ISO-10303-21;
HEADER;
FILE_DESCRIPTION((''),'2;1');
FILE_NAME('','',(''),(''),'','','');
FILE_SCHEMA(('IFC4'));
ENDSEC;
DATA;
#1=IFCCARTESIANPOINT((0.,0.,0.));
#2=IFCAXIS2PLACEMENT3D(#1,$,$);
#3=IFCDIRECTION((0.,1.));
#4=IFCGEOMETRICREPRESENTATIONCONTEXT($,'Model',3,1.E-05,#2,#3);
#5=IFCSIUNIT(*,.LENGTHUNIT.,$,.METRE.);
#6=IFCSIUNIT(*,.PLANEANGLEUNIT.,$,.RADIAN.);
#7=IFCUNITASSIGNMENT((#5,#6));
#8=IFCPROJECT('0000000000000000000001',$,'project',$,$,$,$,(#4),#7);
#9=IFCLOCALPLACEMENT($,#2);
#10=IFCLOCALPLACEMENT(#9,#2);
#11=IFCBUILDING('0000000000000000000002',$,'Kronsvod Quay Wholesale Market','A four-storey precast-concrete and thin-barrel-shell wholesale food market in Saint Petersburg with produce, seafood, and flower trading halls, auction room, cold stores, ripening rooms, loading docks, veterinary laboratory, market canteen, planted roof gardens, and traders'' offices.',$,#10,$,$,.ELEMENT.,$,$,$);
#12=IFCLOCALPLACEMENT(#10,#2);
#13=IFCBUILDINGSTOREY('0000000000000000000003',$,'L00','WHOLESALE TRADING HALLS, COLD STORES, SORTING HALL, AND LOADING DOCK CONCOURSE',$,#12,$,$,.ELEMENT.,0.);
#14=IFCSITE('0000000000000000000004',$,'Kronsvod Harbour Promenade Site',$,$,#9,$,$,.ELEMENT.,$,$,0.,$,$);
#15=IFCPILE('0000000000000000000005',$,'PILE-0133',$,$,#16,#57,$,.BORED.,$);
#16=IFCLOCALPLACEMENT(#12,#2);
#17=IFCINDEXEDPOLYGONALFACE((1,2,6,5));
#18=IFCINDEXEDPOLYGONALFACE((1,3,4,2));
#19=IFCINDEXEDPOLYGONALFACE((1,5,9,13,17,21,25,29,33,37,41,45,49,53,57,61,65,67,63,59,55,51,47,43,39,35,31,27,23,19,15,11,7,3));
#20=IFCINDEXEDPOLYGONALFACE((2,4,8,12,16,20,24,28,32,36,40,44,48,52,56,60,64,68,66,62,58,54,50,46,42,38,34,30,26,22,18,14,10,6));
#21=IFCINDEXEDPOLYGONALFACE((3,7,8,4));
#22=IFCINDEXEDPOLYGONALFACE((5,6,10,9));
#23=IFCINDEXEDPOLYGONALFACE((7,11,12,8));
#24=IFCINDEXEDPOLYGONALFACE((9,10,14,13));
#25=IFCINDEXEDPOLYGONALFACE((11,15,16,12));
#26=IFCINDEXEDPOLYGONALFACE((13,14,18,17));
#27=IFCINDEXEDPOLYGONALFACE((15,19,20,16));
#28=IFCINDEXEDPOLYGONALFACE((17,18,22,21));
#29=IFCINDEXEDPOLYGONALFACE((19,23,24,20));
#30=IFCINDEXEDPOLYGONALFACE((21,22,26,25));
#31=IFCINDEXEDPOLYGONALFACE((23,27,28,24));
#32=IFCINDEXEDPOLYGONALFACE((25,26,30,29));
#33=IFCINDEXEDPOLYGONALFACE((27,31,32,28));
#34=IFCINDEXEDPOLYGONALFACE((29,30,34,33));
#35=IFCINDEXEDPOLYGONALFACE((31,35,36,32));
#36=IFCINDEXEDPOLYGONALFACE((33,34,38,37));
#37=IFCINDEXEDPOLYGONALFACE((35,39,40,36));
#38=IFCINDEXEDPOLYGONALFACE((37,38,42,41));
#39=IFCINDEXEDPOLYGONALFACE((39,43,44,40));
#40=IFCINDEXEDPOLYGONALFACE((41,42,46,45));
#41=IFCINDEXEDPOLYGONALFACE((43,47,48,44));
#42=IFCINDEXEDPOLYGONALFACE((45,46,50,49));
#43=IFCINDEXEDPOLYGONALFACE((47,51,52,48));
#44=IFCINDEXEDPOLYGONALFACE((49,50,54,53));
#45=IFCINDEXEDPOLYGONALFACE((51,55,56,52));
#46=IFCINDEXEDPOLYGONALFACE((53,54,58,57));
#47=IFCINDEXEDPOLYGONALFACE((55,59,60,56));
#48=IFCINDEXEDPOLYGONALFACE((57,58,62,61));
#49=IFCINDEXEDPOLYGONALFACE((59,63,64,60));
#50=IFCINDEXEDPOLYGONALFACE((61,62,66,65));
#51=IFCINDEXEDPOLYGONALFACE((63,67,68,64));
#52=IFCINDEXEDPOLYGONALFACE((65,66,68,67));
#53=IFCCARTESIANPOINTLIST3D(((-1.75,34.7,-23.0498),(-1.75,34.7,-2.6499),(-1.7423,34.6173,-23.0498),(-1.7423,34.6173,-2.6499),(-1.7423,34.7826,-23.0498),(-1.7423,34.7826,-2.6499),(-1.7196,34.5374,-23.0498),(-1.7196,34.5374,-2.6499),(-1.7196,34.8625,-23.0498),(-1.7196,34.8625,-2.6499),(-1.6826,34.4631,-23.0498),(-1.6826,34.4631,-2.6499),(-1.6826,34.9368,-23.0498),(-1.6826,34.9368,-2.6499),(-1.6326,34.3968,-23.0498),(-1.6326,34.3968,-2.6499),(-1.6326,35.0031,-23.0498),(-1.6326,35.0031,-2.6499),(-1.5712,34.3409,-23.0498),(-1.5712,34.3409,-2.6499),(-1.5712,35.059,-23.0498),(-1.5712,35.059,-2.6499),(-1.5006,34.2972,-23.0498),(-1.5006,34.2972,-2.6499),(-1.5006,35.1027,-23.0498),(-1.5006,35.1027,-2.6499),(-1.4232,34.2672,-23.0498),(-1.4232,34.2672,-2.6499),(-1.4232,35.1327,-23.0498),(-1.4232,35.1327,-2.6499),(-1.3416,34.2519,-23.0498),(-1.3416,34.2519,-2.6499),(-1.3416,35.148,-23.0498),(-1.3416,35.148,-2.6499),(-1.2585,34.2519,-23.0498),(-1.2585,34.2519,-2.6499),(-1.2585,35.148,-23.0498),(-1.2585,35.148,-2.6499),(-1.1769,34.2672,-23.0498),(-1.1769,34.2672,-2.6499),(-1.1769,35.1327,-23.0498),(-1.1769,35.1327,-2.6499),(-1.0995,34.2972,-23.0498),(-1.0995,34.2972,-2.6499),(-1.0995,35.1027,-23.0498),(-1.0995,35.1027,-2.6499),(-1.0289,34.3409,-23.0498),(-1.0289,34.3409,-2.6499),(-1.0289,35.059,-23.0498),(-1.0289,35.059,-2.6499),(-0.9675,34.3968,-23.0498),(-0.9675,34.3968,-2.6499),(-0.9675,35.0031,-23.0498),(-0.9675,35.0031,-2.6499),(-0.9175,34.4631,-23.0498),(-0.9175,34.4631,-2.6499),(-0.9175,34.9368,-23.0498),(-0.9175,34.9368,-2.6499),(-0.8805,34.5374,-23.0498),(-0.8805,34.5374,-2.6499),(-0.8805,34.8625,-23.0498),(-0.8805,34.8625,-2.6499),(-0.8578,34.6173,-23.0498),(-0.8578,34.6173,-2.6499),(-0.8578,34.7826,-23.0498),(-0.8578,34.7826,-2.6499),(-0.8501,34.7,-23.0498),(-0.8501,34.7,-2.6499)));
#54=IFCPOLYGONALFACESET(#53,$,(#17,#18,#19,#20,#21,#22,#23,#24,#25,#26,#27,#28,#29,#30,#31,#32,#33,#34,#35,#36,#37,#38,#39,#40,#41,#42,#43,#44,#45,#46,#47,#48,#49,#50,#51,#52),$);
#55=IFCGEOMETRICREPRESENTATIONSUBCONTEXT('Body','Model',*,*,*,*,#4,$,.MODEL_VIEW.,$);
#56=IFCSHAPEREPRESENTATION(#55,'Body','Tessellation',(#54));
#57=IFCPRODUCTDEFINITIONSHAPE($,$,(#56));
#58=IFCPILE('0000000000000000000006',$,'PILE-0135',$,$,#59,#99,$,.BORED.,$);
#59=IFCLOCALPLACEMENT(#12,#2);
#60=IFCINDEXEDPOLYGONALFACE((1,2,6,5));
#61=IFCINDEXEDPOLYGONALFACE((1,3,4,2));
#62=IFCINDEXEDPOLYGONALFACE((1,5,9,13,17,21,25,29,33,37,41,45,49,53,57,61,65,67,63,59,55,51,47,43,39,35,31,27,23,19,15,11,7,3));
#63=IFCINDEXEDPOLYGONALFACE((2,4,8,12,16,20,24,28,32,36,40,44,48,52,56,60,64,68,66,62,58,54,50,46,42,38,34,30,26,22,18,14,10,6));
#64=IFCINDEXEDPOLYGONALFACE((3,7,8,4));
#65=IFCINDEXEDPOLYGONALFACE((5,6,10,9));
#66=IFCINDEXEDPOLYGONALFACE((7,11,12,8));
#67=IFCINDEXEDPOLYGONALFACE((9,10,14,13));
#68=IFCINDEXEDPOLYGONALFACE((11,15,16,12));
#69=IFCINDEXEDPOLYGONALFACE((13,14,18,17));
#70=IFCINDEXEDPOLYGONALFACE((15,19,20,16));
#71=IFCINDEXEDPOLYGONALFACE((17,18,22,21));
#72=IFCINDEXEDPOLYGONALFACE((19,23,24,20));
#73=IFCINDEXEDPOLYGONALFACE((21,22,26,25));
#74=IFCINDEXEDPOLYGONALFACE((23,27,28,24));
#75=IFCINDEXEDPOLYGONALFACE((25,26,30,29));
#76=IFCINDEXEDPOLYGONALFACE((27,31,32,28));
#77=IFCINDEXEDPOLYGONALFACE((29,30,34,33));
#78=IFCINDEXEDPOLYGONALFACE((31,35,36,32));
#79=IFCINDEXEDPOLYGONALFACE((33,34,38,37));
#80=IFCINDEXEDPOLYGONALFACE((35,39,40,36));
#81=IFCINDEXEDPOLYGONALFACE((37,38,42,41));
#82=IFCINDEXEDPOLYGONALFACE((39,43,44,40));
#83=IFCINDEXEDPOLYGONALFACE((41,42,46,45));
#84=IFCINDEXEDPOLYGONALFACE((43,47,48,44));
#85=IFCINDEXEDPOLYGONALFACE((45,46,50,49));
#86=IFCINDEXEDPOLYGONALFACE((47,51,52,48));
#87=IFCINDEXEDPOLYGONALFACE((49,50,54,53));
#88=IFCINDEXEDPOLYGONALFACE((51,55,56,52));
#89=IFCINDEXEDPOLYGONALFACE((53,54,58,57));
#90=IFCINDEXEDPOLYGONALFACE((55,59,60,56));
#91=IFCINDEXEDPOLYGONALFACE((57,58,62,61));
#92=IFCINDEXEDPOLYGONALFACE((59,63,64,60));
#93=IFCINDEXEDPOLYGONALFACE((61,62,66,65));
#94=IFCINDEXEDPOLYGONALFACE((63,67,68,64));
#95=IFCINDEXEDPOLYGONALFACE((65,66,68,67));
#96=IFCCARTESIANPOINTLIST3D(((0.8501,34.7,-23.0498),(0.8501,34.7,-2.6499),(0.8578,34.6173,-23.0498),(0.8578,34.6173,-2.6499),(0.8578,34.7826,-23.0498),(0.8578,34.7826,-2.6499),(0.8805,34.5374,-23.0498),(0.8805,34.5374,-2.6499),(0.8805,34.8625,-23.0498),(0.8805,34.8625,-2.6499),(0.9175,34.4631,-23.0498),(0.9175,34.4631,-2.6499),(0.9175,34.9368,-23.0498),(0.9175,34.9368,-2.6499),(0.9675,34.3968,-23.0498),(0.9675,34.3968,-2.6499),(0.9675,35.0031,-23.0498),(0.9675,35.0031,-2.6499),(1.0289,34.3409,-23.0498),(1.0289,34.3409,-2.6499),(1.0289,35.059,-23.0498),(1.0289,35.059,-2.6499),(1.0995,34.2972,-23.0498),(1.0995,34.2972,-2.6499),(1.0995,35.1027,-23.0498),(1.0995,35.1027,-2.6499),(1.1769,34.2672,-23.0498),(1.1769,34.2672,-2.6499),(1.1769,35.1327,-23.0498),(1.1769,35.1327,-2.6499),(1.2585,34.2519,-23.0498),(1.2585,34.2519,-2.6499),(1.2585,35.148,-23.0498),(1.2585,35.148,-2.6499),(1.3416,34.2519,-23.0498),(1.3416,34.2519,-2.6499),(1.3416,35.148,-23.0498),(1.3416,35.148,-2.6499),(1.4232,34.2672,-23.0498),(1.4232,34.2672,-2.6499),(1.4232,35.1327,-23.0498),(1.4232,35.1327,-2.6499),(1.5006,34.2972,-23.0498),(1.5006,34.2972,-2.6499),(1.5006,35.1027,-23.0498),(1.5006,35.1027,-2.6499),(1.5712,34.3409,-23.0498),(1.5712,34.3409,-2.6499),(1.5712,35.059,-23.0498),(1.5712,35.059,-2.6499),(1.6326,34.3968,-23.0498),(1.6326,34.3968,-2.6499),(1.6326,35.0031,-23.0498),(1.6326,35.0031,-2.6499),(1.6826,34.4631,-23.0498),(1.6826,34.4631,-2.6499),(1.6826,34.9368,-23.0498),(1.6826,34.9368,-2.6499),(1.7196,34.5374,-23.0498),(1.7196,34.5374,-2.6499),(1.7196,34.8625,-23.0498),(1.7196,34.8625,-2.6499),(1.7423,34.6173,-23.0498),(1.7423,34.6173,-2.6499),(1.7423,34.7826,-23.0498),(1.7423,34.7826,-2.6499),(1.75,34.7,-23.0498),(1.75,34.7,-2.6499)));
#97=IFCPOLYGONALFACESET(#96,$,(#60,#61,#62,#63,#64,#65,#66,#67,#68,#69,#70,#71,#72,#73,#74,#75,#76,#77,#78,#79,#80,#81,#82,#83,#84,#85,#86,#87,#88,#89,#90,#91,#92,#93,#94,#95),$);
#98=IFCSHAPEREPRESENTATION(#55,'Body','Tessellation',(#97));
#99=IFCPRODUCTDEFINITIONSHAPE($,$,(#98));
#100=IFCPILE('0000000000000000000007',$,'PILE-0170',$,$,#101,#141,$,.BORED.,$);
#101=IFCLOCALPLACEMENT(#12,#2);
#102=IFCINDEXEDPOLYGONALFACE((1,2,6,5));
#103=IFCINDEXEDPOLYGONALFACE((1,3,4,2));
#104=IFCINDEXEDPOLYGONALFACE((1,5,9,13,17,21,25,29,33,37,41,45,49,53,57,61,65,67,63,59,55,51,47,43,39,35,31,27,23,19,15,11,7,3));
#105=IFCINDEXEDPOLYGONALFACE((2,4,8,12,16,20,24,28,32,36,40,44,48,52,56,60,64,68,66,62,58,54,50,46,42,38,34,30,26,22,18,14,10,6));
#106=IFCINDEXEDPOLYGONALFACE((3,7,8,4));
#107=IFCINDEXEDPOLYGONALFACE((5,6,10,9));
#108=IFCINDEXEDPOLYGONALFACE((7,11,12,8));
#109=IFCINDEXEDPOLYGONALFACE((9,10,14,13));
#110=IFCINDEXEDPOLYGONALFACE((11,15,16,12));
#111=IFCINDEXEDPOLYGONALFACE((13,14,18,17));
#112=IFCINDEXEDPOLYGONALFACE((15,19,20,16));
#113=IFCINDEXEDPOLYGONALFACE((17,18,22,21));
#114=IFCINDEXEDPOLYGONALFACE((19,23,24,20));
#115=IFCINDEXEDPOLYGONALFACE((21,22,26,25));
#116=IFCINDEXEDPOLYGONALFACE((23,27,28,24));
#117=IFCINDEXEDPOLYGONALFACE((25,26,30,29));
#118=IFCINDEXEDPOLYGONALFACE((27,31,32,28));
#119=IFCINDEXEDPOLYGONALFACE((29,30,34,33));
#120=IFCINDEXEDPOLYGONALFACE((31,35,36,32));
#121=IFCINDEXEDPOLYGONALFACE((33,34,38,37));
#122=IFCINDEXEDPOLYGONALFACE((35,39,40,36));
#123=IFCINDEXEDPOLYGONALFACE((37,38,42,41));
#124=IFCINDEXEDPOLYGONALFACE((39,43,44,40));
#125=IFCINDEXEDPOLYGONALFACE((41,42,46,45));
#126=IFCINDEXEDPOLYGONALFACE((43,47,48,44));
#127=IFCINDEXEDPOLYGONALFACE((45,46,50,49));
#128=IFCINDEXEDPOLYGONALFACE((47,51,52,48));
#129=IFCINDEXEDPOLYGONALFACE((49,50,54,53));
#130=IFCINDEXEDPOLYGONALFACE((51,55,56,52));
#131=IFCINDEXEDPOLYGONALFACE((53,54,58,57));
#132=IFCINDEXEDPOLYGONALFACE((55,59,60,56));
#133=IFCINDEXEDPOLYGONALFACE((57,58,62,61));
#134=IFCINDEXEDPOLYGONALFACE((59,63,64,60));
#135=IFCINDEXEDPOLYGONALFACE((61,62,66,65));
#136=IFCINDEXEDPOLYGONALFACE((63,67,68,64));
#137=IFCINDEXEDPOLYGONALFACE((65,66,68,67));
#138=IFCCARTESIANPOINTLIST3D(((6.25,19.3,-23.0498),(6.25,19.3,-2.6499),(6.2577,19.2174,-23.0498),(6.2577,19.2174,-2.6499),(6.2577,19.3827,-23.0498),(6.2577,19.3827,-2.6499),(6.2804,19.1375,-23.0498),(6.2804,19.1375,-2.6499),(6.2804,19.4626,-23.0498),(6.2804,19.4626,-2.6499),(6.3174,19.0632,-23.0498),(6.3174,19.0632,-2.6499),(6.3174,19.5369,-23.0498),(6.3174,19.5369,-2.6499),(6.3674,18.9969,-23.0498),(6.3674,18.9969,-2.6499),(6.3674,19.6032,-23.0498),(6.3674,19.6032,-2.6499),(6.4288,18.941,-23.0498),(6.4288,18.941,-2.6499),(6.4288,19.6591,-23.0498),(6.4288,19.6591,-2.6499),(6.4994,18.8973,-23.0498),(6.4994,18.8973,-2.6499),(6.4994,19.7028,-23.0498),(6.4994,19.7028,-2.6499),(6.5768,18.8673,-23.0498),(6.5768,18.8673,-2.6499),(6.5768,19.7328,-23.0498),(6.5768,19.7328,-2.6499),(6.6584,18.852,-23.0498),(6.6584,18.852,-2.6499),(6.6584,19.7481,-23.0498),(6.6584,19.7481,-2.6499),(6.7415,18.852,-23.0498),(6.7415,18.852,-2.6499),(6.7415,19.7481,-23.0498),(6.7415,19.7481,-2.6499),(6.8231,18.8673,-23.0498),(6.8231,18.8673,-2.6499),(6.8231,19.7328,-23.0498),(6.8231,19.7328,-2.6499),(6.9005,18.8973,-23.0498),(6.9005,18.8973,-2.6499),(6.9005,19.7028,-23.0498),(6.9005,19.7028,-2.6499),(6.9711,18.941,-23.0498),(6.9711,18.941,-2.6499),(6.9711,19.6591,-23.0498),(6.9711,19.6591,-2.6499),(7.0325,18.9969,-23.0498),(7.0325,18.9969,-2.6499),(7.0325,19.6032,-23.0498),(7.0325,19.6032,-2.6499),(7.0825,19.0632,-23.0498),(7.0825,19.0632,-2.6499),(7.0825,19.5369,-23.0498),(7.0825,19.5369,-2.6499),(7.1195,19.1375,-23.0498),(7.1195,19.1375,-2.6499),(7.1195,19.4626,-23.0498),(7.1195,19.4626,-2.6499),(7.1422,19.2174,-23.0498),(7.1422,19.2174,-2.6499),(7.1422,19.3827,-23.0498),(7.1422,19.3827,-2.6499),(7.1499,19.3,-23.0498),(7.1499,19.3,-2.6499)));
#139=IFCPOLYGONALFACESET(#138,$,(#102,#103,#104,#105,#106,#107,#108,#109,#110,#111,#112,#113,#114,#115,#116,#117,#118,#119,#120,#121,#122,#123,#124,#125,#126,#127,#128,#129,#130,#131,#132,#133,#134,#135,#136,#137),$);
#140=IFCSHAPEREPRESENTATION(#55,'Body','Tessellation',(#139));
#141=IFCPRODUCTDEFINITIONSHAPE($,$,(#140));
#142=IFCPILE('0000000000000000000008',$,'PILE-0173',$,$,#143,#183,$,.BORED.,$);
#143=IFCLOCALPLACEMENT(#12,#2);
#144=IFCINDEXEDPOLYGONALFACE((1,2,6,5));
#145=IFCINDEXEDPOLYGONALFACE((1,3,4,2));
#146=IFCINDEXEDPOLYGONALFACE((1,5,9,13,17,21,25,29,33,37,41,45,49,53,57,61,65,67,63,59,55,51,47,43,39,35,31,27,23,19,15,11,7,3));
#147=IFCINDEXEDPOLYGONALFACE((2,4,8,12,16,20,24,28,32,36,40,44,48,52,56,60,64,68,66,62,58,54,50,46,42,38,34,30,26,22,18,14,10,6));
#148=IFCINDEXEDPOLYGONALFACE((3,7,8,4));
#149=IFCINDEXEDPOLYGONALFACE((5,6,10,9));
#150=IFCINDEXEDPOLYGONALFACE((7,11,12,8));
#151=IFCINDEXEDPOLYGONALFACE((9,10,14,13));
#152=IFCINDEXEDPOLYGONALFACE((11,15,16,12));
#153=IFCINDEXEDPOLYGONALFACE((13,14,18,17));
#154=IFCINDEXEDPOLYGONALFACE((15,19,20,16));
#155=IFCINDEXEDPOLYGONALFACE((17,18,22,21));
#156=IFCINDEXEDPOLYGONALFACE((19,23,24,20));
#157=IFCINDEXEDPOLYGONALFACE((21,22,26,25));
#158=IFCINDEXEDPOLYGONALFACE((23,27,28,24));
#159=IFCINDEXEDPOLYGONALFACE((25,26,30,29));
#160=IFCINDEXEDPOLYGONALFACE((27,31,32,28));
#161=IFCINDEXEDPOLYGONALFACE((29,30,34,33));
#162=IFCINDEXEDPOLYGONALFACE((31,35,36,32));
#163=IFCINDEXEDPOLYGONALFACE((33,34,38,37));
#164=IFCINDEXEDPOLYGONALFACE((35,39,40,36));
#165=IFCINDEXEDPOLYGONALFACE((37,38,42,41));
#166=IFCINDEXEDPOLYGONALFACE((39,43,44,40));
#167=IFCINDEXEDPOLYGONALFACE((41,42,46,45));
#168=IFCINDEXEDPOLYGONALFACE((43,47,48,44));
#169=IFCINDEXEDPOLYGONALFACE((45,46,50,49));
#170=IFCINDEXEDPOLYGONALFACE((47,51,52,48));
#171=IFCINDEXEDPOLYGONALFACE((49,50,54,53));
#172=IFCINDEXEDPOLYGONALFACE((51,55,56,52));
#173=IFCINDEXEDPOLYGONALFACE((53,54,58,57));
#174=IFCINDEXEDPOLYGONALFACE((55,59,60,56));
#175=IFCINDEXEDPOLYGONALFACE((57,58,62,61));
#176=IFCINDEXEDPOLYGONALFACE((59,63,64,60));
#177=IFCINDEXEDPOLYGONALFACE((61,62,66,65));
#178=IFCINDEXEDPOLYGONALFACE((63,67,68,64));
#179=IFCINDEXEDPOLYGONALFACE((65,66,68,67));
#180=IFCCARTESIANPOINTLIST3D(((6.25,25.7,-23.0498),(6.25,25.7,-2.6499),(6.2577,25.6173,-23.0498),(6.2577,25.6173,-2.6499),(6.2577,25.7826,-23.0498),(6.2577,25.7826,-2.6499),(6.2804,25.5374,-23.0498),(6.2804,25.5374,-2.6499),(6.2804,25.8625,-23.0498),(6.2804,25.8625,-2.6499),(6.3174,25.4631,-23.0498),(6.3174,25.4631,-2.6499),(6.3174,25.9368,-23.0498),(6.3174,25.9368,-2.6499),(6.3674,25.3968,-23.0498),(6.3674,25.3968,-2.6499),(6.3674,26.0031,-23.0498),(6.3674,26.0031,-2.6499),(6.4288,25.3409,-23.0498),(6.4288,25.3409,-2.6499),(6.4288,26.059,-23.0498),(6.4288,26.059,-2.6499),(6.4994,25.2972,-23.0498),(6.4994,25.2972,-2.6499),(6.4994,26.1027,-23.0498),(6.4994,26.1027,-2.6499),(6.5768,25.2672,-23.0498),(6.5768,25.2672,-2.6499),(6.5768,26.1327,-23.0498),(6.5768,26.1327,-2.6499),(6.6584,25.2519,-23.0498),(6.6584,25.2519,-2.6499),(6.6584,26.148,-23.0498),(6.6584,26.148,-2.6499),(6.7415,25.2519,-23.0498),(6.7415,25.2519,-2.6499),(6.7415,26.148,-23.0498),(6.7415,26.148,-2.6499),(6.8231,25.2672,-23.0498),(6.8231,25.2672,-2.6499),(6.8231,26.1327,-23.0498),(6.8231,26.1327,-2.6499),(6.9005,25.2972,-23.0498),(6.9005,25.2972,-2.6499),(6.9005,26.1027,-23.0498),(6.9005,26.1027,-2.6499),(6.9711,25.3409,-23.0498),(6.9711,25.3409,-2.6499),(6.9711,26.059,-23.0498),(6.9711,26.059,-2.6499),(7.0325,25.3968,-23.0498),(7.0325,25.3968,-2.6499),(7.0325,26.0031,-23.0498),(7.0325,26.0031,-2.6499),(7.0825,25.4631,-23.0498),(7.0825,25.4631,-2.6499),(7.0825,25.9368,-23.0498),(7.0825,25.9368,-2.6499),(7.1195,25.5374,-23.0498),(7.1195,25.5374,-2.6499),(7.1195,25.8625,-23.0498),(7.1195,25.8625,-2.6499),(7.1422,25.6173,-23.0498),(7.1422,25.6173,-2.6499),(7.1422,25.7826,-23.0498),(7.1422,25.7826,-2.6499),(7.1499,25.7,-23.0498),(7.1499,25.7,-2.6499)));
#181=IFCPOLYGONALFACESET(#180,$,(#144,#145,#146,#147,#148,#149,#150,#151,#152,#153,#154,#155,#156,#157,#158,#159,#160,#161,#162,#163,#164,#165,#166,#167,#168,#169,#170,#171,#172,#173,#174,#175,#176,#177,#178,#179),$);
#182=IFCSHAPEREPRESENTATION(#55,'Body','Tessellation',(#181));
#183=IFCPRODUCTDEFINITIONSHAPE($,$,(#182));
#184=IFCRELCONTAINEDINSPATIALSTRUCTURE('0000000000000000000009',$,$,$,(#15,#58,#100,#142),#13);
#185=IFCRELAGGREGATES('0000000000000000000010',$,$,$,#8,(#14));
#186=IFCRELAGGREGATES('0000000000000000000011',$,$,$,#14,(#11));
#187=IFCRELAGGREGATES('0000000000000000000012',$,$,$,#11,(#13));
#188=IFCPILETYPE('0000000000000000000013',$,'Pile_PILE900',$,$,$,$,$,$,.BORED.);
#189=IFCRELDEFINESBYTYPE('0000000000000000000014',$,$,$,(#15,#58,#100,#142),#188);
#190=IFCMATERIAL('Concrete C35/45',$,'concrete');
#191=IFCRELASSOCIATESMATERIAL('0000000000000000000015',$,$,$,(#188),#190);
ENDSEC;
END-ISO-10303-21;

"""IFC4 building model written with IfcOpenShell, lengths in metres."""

from ifc_helpers import new_model, si_unit, direction, frame, origin, origin_2d, place, context, subcontext, project, spatial, circle, extrude, material, material_profile, profile_set, type_object, element, save


model = new_model("IFC4")

# Units and contexts
model_context = context("Model", 3, precision=1e-05, world=origin(), true_north=direction((0.0, 1.0)))
body_context = subcontext(model_context, "Body", "Model", "MODEL_VIEW")
ifc_project = project(units=[si_unit("LENGTHUNIT", "METRE"), si_unit("PLANEANGLEUNIT", "RADIAN")], contexts=[model_context])

# Site, building, storey
site_placement = place(None, origin())
site = spatial("IfcSite", under=ifc_project, at=site_placement, Name="Kronsvod Harbour Promenade Site", CompositionType="ELEMENT", RefElevation=0.0)
building_placement = place(site_placement, origin())
building = spatial("IfcBuilding", under=site, at=building_placement, Name="Kronsvod Quay Wholesale Market", Description="A four-storey precast-concrete and thin-barrel-shell wholesale food market in Saint Petersburg with produce, seafood, and flower trading halls, auction room, cold stores, ripening rooms, loading docks, veterinary laboratory, market canteen, planted roof gardens, and traders' offices.", CompositionType="ELEMENT")
storey_placement = place(building_placement, origin())
storey = spatial("IfcBuildingStorey", under=building, at=storey_placement, Name="L00", Description="WHOLESALE TRADING HALLS, COLD STORES, SORTING HALL, AND LOADING DOCK CONCOURSE", CompositionType="ELEMENT", Elevation=0.0)

# Piles
ifc_material_1 = material(Name="Concrete C35/45", Category="concrete")
ifc_material_profile_1 = material_profile(ifc_material_1, circle(Radius=0.45, at=origin_2d()), Name="PILE900")
ifc_profile_set_1 = profile_set([ifc_material_profile_1], Name="Concrete C35/45")
pile_type = type_object("IfcPileType", Name="Pile_PILE900", PredefinedType="BORED", material=ifc_profile_set_1)
for number, where, z_axis, x_axis, name in (
    (1, (-1.3, 34.7, -2.6499), (0.0, 0.0, -1.0), (1.0, 0.0, 0.0), "PILE-0133"),
    (2, (1.3, 34.7, -2.6499), (0.0, 0.0, -1.0), (1.0, 0.0, 0.0), "PILE-0135"),
    (3, (6.7, 19.3, -2.6499), (0.0, 0.0, -1.0), (1.0, 0.0, 0.0), "PILE-0170"),
    (4, (6.7, 25.7, -2.6499), (0.0, 0.0, -1.0), (1.0, 0.0, 0.0), "PILE-0173"),
):
    element("IfcPile", number, at=place(storey_placement, frame(where, z_axis=z_axis, x_axis=x_axis)), inside=storey, type_object=pile_type, Name=name, PredefinedType="BORED", context=body_context, shape_type="SweptSolid", body=[
        extrude(circle(Radius=0.45, at=origin_2d()), origin(), (0.0, 0.0, 1.0), 20.3999),
    ])

save(model, "model.ifc")
